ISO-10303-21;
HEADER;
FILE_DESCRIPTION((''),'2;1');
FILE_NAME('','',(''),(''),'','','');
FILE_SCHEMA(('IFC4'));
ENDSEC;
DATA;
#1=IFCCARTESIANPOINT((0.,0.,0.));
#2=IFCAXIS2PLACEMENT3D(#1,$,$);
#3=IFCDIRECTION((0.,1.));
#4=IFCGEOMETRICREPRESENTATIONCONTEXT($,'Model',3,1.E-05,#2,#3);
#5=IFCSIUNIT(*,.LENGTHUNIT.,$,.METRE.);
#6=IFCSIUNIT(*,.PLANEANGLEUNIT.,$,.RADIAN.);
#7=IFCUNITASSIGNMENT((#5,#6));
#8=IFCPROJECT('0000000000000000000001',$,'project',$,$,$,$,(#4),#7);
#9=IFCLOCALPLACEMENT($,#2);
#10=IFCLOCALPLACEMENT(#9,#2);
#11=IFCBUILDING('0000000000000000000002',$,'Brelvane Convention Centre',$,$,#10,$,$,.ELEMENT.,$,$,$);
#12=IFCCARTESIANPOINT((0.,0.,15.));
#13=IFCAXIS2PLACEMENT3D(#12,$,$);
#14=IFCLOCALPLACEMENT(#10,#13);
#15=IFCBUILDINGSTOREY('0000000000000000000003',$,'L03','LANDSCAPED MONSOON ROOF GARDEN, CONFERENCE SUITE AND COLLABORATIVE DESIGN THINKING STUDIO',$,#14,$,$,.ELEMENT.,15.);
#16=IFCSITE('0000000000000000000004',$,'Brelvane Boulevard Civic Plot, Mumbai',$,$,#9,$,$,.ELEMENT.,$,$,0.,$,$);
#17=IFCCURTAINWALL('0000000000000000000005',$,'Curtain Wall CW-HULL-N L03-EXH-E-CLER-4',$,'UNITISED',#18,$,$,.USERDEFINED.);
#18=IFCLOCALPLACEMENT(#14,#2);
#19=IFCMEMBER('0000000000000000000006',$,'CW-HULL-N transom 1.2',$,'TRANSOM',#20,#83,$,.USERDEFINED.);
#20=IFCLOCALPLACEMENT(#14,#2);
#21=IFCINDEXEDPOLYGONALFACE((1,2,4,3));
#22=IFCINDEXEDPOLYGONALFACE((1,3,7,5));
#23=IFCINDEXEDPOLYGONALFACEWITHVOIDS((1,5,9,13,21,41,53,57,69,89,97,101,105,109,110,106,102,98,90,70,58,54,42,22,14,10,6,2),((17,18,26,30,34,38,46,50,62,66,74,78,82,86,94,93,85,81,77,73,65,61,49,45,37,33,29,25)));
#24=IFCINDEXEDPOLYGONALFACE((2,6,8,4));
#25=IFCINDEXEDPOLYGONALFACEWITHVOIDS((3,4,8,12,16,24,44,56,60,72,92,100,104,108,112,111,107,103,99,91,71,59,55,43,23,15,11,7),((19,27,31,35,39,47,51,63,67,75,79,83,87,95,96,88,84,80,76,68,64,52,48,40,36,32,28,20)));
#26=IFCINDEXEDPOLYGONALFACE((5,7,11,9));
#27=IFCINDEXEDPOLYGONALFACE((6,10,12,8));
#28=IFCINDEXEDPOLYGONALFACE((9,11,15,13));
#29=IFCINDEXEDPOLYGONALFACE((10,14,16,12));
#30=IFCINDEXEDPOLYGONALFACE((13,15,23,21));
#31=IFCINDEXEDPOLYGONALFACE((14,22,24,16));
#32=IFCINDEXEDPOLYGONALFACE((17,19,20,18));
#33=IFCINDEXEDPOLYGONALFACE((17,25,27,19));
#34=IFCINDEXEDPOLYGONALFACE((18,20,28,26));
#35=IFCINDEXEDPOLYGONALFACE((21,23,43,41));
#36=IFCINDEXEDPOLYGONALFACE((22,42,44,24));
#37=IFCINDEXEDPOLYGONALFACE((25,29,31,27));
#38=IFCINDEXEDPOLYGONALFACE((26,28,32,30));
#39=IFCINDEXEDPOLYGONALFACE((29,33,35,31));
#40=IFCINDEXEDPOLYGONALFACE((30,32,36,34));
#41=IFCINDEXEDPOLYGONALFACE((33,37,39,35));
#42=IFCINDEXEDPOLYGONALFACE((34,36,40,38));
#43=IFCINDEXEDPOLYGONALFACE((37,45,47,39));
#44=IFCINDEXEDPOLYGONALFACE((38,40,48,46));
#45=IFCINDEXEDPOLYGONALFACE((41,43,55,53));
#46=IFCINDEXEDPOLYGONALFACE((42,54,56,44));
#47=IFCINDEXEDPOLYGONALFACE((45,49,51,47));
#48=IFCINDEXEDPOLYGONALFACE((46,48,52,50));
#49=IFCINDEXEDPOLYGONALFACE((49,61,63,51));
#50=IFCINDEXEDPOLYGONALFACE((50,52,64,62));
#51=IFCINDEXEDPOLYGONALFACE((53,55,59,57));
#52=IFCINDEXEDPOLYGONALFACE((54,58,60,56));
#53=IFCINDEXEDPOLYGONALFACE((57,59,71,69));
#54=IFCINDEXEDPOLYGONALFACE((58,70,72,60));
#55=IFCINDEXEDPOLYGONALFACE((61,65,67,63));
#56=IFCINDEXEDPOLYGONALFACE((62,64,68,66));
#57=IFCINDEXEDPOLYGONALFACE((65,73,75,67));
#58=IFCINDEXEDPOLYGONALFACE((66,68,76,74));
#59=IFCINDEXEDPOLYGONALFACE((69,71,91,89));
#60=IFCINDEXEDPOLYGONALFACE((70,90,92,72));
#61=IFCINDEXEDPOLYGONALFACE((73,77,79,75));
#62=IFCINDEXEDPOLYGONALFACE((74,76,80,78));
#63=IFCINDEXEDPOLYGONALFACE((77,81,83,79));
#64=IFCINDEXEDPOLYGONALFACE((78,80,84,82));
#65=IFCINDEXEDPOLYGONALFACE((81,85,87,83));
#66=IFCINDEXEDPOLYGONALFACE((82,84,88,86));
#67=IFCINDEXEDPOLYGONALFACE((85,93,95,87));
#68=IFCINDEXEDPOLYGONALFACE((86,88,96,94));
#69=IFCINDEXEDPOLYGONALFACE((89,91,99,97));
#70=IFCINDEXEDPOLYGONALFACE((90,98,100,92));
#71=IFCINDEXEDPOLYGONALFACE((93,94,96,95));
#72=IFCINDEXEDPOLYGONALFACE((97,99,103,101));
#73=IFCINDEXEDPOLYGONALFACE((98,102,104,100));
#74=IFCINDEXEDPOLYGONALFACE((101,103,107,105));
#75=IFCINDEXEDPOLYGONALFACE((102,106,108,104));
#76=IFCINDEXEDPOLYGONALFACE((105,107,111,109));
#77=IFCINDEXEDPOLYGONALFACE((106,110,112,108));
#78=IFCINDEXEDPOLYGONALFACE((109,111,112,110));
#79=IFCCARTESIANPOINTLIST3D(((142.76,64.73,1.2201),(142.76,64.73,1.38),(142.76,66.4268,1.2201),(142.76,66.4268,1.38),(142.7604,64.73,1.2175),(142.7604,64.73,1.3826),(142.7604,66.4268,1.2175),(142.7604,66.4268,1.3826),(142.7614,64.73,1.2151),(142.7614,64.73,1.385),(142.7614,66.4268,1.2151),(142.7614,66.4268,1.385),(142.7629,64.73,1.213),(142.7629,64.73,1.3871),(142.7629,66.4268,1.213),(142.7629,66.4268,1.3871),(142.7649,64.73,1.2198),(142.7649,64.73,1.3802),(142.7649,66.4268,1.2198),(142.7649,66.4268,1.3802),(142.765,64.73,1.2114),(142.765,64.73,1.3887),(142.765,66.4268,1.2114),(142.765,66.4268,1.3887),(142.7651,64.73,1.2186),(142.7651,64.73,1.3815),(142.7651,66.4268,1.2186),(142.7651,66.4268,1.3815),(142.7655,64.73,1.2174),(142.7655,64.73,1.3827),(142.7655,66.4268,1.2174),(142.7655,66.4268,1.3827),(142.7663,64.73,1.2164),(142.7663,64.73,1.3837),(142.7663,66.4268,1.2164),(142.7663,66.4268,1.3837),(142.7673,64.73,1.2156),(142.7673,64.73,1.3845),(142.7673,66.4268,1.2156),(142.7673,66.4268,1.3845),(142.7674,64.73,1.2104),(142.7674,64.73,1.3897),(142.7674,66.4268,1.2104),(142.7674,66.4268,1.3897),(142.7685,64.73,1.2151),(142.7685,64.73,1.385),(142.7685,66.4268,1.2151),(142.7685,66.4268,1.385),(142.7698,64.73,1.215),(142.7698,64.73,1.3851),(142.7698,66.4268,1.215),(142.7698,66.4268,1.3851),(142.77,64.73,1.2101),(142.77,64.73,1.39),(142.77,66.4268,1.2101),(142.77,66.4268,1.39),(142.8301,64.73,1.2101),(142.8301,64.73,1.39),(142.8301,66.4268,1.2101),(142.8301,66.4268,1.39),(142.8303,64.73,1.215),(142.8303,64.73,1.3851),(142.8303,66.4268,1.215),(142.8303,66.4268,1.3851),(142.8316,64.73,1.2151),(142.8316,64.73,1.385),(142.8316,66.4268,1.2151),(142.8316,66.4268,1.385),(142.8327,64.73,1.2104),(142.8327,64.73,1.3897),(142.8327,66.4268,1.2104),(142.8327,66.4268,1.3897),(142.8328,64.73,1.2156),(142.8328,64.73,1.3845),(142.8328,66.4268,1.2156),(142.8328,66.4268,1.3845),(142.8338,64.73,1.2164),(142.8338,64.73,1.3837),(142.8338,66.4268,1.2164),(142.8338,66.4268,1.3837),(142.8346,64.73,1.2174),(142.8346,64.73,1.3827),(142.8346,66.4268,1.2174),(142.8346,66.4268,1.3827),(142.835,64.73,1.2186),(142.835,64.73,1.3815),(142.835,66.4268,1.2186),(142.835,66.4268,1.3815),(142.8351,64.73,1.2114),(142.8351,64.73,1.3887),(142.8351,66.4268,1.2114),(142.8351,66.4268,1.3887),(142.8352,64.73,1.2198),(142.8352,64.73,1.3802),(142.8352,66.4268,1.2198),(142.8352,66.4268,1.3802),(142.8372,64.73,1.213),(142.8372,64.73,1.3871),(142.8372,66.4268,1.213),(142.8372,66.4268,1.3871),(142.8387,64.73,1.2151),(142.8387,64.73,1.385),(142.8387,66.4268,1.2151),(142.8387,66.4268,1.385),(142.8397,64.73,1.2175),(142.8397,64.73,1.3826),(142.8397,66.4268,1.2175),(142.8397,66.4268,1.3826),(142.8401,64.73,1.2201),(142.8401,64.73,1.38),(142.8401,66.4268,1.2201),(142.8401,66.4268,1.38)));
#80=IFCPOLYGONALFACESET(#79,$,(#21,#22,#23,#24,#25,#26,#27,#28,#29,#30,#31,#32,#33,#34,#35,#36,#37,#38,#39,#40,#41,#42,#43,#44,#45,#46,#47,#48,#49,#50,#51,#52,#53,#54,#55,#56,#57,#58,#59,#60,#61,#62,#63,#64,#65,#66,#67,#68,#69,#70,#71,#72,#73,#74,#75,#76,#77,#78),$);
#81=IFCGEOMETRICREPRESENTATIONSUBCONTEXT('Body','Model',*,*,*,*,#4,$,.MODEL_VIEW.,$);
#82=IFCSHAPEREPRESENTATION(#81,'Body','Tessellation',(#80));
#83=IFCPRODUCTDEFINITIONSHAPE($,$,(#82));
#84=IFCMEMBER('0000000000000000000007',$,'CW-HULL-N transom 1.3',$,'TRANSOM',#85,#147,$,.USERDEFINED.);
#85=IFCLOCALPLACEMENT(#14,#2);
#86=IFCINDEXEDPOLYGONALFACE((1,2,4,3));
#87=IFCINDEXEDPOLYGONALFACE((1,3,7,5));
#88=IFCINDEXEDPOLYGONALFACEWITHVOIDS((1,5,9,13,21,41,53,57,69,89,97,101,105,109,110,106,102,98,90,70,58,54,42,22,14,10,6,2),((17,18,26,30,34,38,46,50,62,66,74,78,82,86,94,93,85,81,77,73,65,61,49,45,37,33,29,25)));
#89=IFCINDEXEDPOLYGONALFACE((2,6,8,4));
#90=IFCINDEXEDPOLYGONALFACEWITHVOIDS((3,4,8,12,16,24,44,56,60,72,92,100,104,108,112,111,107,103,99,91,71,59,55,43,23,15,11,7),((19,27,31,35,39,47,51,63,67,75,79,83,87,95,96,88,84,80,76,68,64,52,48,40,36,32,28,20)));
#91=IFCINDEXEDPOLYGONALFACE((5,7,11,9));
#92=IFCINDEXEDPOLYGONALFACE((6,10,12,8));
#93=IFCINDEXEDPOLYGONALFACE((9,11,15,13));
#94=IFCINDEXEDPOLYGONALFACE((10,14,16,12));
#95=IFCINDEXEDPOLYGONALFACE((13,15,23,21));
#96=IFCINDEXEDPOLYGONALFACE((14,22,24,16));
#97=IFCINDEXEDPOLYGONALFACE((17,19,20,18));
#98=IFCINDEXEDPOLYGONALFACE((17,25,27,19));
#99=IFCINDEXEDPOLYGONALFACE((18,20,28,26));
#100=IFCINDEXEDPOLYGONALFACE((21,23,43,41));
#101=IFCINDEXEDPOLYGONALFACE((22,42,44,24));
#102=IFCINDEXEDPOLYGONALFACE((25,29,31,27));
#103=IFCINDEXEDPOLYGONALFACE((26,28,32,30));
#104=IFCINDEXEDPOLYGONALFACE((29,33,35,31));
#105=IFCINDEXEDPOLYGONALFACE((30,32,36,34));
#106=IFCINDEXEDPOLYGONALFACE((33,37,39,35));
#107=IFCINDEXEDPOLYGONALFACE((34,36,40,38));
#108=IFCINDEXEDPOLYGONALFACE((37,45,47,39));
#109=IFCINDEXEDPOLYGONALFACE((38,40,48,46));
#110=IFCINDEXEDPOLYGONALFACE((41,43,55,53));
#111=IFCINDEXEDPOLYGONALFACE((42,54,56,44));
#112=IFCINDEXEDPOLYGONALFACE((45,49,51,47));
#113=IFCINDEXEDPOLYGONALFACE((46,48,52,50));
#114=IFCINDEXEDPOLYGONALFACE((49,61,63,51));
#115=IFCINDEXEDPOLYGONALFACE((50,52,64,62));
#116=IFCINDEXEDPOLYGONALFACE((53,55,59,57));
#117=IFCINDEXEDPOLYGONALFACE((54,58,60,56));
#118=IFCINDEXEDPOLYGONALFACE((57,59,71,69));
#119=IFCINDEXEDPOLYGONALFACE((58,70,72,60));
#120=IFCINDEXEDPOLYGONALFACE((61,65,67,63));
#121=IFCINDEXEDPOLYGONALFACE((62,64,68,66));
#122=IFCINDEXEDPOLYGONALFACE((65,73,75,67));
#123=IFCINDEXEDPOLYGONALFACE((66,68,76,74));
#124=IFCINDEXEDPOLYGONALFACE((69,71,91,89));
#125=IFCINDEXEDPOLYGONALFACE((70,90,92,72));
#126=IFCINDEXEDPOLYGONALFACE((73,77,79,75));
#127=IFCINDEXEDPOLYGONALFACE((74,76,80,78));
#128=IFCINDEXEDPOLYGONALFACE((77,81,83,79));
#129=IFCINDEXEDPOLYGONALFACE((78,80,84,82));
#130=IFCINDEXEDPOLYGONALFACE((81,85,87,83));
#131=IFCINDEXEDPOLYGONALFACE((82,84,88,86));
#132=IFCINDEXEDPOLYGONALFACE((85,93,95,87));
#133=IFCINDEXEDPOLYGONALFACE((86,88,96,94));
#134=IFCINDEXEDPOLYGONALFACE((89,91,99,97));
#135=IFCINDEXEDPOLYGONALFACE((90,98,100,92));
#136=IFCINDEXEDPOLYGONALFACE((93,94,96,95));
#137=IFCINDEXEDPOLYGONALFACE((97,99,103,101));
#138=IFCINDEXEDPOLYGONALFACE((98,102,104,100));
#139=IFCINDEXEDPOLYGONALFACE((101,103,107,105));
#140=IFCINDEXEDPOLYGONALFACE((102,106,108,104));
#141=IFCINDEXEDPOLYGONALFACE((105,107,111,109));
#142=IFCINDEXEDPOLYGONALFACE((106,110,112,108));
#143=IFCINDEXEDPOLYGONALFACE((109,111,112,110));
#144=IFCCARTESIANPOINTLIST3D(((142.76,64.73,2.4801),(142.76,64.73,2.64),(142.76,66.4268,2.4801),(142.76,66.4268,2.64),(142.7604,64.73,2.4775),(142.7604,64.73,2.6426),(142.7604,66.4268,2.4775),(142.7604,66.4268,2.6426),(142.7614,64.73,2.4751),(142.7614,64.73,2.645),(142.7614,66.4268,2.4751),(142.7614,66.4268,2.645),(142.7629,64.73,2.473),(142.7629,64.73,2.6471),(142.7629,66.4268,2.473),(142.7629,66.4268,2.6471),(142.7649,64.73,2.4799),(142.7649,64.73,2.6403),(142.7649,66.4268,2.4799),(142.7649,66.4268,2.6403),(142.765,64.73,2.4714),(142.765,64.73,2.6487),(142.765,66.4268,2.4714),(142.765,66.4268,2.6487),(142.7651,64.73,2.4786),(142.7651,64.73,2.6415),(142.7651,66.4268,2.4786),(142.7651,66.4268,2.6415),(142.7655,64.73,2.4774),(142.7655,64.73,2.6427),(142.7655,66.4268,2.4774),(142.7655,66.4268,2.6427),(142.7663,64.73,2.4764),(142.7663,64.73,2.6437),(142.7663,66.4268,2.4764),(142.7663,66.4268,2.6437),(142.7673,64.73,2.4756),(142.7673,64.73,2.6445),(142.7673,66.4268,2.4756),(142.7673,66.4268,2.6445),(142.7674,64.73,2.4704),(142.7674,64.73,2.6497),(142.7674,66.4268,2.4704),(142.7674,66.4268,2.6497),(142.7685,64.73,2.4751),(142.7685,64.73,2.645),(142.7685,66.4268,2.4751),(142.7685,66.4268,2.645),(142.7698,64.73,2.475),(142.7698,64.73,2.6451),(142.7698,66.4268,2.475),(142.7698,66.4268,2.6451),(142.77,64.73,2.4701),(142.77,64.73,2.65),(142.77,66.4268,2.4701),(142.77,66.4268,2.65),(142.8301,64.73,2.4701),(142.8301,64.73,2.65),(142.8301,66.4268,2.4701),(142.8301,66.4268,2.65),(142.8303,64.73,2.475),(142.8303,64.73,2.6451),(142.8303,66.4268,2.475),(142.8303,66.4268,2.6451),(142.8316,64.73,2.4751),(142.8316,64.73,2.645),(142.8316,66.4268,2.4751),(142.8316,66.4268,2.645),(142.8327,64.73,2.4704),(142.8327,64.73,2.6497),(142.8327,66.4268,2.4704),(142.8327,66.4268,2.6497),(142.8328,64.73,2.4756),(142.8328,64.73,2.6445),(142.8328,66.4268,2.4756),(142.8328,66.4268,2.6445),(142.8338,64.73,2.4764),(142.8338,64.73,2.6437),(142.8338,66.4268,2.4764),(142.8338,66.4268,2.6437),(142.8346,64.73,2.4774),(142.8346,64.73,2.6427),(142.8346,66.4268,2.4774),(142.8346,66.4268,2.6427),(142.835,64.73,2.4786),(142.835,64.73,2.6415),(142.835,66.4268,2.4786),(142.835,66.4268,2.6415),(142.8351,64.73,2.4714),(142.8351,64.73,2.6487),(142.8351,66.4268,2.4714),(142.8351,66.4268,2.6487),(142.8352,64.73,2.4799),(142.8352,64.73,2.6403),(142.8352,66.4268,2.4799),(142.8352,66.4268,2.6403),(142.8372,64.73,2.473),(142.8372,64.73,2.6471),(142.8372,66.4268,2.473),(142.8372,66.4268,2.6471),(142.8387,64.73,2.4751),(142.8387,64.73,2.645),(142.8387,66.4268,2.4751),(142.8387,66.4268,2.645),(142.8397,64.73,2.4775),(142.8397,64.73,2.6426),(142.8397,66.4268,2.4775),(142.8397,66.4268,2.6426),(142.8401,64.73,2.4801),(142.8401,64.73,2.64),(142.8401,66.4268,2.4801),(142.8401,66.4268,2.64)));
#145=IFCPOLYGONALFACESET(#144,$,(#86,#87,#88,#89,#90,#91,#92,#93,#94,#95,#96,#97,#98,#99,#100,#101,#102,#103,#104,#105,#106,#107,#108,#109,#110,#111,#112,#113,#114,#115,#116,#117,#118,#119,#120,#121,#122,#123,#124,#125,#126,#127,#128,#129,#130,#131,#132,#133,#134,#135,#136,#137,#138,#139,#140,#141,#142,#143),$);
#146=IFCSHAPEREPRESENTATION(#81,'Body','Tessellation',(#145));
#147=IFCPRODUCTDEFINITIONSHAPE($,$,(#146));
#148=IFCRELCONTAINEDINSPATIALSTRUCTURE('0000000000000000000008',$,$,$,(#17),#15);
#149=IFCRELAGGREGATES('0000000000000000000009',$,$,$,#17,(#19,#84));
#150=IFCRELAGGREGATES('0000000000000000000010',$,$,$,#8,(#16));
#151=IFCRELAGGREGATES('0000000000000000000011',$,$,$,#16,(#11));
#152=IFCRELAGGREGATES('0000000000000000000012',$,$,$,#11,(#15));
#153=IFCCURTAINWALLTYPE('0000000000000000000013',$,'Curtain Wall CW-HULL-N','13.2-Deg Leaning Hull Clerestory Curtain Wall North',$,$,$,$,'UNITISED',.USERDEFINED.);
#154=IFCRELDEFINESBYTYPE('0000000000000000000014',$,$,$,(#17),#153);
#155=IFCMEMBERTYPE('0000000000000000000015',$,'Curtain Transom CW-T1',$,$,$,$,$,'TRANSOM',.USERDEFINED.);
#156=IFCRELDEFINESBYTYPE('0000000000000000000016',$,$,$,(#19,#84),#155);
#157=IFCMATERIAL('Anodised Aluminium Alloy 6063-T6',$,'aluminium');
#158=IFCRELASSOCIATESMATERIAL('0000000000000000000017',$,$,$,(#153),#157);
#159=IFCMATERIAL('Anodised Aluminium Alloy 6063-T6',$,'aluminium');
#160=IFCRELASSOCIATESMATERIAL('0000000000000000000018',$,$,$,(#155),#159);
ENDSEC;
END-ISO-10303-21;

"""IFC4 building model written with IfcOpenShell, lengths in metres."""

from ifc_helpers import new_model, si_unit, direction, frame, origin, origin_2d, place, context, subcontext, project, spatial, hollow_rectangle, extrude, material, material_profile, profile_set, type_object, element, aggregate, save


model = new_model("IFC4")

# Units and contexts
model_context = context("Model", 3, precision=1e-05, world=origin(), true_north=direction((0.0, 1.0)))
body_context = subcontext(model_context, "Body", "Model", "MODEL_VIEW")
ifc_project = project(units=[si_unit("LENGTHUNIT", "METRE"), si_unit("PLANEANGLEUNIT", "RADIAN")], contexts=[model_context])

# Site, building, storey
site_placement = place(None, origin())
site = spatial("IfcSite", under=ifc_project, at=site_placement, Name="Brelvane Boulevard Civic Plot, Mumbai", CompositionType="ELEMENT", RefElevation=0.0)
building_placement = place(site_placement, origin())
building = spatial("IfcBuilding", under=site, at=building_placement, Name="Brelvane Convention Centre", CompositionType="ELEMENT")
storey_placement = place(building_placement, frame((0.0, 0.0, 15.0)))
storey = spatial("IfcBuildingStorey", under=building, at=storey_placement, Name="L03", Description="LANDSCAPED MONSOON ROOF GARDEN, CONFERENCE SUITE AND COLLABORATIVE DESIGN THINKING STUDIO", CompositionType="ELEMENT", Elevation=15.0)

# Curtain wall
ifc_material_1 = material(Name="Anodised Aluminium Alloy 6063-T6", Category="aluminium")
curtain_wall_type = type_object("IfcCurtainWallType", Name="Curtain Wall CW-HULL-N", Description="13.2-Deg Leaning Hull Clerestory Curtain Wall North", ElementType="UNITISED", PredefinedType="USERDEFINED", material=ifc_material_1)
curtain_wall_1_placement = place(storey_placement, origin())
curtain_wall_1 = element("IfcCurtainWall", 1, at=curtain_wall_1_placement, inside=storey, type_object=curtain_wall_type, Name="Curtain Wall CW-HULL-N L03-EXH-E-CLER-4", ObjectType="UNITISED", PredefinedType="USERDEFINED")

# Members
ifc_material_2 = material(Name="Anodised Aluminium Alloy 6063-T6", Category="aluminium")
ifc_material_profile_1 = material_profile(ifc_material_2, hollow_rectangle(XDim=0.0801, YDim=0.1799, WallThickness=0.0049, InnerFilletRadius=0.0049, OuterFilletRadius=0.01, at=origin_2d()), Name="ALU-T 180x80x5.0")
ifc_profile_set_1 = profile_set([ifc_material_profile_1], Name="Anodised Aluminium Alloy 6063-T6")
member_type_1 = type_object("IfcMemberType", Name="Curtain Transom CW-T1", ElementType="TRANSOM", PredefinedType="USERDEFINED", material=ifc_profile_set_1)
member_1_placement = place(storey_placement, frame((142.8, 64.73, 1.3), z_axis=(0.0, 1.0, 0.0), x_axis=(-1.0, 0.0, 0.0)))
member_1 = element("IfcMember", 2, at=member_1_placement, type_object=member_type_1, Name="CW-HULL-N transom 1.2", ObjectType="TRANSOM", PredefinedType="USERDEFINED", context=body_context, shape_type="SweptSolid", body=[
    extrude(hollow_rectangle(XDim=0.0801, YDim=0.1799, WallThickness=0.0049, InnerFilletRadius=0.0049, OuterFilletRadius=0.01, at=origin_2d()), origin(), (0.0, 0.0, 1.0), 1.6968),
])
member_2_placement = place(storey_placement, frame((142.8, 64.73, 2.5601), z_axis=(0.0, 1.0, 0.0), x_axis=(-1.0, 0.0, 0.0)))
member_2 = element("IfcMember", 3, at=member_2_placement, type_object=member_type_1, Name="CW-HULL-N transom 1.3", ObjectType="TRANSOM", PredefinedType="USERDEFINED", context=body_context, shape_type="SweptSolid", body=[
    extrude(hollow_rectangle(XDim=0.0801, YDim=0.1799, WallThickness=0.0049, InnerFilletRadius=0.0049, OuterFilletRadius=0.01, at=origin_2d()), origin(), (0.0, 0.0, 1.0), 1.6968),
])

aggregate(curtain_wall_1, [member_1, member_2])

save(model, "model.ifc")
